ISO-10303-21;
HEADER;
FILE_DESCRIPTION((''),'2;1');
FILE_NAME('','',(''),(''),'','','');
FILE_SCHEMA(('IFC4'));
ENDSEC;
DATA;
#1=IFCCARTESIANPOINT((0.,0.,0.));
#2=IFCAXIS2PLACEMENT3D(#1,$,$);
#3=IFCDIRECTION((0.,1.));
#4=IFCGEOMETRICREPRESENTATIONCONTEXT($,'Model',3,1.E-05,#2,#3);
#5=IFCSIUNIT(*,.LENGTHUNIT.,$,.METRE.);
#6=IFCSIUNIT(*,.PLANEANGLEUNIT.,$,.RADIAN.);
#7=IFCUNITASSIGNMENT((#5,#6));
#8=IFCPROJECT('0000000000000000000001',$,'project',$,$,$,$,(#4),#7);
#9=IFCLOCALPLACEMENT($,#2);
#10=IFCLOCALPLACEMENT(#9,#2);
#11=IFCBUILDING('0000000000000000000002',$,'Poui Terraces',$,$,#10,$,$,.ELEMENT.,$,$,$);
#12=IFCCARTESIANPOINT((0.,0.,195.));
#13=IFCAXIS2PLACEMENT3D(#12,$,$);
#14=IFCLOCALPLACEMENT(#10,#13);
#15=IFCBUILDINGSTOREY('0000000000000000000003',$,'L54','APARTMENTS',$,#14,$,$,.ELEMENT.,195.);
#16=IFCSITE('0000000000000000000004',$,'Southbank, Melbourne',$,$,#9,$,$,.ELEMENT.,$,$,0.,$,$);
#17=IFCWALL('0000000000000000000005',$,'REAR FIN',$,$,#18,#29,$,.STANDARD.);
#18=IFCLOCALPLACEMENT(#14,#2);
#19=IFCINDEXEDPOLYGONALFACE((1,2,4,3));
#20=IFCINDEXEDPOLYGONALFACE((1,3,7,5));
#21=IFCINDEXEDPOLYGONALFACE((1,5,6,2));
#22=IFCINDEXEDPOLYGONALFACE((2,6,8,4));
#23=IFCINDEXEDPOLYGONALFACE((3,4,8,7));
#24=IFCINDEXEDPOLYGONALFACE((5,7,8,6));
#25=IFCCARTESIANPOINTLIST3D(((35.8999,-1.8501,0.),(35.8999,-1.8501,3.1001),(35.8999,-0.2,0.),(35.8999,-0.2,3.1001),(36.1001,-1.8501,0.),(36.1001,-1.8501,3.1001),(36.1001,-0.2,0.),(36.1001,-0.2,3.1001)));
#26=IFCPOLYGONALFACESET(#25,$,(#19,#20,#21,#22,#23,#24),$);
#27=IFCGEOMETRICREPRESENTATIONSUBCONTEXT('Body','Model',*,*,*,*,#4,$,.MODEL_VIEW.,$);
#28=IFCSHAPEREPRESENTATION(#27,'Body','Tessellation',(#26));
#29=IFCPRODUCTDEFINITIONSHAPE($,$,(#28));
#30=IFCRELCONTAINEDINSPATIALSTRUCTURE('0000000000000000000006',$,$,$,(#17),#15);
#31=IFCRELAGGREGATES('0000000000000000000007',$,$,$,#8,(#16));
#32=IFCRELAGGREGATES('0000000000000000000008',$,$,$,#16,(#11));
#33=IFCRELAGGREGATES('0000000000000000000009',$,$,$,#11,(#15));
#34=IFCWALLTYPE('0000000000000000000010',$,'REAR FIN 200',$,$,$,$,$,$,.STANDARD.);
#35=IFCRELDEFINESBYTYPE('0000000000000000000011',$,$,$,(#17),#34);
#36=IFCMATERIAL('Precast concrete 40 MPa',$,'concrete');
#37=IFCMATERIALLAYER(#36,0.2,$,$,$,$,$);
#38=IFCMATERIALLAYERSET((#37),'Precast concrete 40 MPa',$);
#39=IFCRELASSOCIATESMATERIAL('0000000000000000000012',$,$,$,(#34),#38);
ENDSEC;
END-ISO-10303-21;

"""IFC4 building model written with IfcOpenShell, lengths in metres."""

from ifc_helpers import new_model, si_unit, direction, frame, origin, place, context, subcontext, project, spatial, polyline, outline, extrude, source, transform, mapped, material, layer, layer_set, type_object, element, save


model = new_model("IFC4")

# Units and contexts
model_context = context("Model", 3, precision=1e-05, world=origin(), true_north=direction((0.0, 1.0)))
body_context = subcontext(model_context, "Body", "Model", "MODEL_VIEW")
ifc_project = project(units=[si_unit("LENGTHUNIT", "METRE"), si_unit("PLANEANGLEUNIT", "RADIAN")], contexts=[model_context])

# Site, building, storey
site_placement = place(None, origin())
site = spatial("IfcSite", under=ifc_project, at=site_placement, Name="Southbank, Melbourne", CompositionType="ELEMENT", RefElevation=0.0)
building_placement = place(site_placement, origin())
building = spatial("IfcBuilding", under=site, at=building_placement, Name="Poui Terraces", CompositionType="ELEMENT")
storey_placement = place(building_placement, frame((0.0, 0.0, 195.0)))
storey = spatial("IfcBuildingStorey", under=building, at=storey_placement, Name="L54", Description="APARTMENTS", CompositionType="ELEMENT", Elevation=195.0)

# Shared definitions
ifc_material_1 = material(Name="Precast concrete 40 MPa", Category="concrete")

# Wall
ifc_layer_1 = layer(ifc_material_1, 0.2)
ifc_layer_set_1 = layer_set([ifc_layer_1], Name="Precast concrete 40 MPa")
wall_type_1 = type_object("IfcWallType", Name="REAR FIN 200", PredefinedType="STANDARD", material=ifc_layer_set_1)
shared_shape_1 = source(origin(), body_context, "Body", "SweptSolid", [
    extrude(outline(polyline([(0.0, 0.0), (0.2002, 0.0), (0.2002, 1.6501), (0.0, 1.6501), (0.0, 0.0)])), origin(), (0.0, 0.0, 1.0), 3.1001),
])
for number, where, name in (
    (1, (35.8999, -1.8501, 0.0), "REAR FIN"),
):
    element("IfcWall", number, at=place(storey_placement, frame(where)), inside=storey, type_object=wall_type_1, Name=name, PredefinedType="STANDARD", context=body_context, shape_type="MappedRepresentation", body=[
        mapped(shared_shape_1, transform((0.0, 0.0, 0.0))),
    ])

save(model, "model.ifc")
